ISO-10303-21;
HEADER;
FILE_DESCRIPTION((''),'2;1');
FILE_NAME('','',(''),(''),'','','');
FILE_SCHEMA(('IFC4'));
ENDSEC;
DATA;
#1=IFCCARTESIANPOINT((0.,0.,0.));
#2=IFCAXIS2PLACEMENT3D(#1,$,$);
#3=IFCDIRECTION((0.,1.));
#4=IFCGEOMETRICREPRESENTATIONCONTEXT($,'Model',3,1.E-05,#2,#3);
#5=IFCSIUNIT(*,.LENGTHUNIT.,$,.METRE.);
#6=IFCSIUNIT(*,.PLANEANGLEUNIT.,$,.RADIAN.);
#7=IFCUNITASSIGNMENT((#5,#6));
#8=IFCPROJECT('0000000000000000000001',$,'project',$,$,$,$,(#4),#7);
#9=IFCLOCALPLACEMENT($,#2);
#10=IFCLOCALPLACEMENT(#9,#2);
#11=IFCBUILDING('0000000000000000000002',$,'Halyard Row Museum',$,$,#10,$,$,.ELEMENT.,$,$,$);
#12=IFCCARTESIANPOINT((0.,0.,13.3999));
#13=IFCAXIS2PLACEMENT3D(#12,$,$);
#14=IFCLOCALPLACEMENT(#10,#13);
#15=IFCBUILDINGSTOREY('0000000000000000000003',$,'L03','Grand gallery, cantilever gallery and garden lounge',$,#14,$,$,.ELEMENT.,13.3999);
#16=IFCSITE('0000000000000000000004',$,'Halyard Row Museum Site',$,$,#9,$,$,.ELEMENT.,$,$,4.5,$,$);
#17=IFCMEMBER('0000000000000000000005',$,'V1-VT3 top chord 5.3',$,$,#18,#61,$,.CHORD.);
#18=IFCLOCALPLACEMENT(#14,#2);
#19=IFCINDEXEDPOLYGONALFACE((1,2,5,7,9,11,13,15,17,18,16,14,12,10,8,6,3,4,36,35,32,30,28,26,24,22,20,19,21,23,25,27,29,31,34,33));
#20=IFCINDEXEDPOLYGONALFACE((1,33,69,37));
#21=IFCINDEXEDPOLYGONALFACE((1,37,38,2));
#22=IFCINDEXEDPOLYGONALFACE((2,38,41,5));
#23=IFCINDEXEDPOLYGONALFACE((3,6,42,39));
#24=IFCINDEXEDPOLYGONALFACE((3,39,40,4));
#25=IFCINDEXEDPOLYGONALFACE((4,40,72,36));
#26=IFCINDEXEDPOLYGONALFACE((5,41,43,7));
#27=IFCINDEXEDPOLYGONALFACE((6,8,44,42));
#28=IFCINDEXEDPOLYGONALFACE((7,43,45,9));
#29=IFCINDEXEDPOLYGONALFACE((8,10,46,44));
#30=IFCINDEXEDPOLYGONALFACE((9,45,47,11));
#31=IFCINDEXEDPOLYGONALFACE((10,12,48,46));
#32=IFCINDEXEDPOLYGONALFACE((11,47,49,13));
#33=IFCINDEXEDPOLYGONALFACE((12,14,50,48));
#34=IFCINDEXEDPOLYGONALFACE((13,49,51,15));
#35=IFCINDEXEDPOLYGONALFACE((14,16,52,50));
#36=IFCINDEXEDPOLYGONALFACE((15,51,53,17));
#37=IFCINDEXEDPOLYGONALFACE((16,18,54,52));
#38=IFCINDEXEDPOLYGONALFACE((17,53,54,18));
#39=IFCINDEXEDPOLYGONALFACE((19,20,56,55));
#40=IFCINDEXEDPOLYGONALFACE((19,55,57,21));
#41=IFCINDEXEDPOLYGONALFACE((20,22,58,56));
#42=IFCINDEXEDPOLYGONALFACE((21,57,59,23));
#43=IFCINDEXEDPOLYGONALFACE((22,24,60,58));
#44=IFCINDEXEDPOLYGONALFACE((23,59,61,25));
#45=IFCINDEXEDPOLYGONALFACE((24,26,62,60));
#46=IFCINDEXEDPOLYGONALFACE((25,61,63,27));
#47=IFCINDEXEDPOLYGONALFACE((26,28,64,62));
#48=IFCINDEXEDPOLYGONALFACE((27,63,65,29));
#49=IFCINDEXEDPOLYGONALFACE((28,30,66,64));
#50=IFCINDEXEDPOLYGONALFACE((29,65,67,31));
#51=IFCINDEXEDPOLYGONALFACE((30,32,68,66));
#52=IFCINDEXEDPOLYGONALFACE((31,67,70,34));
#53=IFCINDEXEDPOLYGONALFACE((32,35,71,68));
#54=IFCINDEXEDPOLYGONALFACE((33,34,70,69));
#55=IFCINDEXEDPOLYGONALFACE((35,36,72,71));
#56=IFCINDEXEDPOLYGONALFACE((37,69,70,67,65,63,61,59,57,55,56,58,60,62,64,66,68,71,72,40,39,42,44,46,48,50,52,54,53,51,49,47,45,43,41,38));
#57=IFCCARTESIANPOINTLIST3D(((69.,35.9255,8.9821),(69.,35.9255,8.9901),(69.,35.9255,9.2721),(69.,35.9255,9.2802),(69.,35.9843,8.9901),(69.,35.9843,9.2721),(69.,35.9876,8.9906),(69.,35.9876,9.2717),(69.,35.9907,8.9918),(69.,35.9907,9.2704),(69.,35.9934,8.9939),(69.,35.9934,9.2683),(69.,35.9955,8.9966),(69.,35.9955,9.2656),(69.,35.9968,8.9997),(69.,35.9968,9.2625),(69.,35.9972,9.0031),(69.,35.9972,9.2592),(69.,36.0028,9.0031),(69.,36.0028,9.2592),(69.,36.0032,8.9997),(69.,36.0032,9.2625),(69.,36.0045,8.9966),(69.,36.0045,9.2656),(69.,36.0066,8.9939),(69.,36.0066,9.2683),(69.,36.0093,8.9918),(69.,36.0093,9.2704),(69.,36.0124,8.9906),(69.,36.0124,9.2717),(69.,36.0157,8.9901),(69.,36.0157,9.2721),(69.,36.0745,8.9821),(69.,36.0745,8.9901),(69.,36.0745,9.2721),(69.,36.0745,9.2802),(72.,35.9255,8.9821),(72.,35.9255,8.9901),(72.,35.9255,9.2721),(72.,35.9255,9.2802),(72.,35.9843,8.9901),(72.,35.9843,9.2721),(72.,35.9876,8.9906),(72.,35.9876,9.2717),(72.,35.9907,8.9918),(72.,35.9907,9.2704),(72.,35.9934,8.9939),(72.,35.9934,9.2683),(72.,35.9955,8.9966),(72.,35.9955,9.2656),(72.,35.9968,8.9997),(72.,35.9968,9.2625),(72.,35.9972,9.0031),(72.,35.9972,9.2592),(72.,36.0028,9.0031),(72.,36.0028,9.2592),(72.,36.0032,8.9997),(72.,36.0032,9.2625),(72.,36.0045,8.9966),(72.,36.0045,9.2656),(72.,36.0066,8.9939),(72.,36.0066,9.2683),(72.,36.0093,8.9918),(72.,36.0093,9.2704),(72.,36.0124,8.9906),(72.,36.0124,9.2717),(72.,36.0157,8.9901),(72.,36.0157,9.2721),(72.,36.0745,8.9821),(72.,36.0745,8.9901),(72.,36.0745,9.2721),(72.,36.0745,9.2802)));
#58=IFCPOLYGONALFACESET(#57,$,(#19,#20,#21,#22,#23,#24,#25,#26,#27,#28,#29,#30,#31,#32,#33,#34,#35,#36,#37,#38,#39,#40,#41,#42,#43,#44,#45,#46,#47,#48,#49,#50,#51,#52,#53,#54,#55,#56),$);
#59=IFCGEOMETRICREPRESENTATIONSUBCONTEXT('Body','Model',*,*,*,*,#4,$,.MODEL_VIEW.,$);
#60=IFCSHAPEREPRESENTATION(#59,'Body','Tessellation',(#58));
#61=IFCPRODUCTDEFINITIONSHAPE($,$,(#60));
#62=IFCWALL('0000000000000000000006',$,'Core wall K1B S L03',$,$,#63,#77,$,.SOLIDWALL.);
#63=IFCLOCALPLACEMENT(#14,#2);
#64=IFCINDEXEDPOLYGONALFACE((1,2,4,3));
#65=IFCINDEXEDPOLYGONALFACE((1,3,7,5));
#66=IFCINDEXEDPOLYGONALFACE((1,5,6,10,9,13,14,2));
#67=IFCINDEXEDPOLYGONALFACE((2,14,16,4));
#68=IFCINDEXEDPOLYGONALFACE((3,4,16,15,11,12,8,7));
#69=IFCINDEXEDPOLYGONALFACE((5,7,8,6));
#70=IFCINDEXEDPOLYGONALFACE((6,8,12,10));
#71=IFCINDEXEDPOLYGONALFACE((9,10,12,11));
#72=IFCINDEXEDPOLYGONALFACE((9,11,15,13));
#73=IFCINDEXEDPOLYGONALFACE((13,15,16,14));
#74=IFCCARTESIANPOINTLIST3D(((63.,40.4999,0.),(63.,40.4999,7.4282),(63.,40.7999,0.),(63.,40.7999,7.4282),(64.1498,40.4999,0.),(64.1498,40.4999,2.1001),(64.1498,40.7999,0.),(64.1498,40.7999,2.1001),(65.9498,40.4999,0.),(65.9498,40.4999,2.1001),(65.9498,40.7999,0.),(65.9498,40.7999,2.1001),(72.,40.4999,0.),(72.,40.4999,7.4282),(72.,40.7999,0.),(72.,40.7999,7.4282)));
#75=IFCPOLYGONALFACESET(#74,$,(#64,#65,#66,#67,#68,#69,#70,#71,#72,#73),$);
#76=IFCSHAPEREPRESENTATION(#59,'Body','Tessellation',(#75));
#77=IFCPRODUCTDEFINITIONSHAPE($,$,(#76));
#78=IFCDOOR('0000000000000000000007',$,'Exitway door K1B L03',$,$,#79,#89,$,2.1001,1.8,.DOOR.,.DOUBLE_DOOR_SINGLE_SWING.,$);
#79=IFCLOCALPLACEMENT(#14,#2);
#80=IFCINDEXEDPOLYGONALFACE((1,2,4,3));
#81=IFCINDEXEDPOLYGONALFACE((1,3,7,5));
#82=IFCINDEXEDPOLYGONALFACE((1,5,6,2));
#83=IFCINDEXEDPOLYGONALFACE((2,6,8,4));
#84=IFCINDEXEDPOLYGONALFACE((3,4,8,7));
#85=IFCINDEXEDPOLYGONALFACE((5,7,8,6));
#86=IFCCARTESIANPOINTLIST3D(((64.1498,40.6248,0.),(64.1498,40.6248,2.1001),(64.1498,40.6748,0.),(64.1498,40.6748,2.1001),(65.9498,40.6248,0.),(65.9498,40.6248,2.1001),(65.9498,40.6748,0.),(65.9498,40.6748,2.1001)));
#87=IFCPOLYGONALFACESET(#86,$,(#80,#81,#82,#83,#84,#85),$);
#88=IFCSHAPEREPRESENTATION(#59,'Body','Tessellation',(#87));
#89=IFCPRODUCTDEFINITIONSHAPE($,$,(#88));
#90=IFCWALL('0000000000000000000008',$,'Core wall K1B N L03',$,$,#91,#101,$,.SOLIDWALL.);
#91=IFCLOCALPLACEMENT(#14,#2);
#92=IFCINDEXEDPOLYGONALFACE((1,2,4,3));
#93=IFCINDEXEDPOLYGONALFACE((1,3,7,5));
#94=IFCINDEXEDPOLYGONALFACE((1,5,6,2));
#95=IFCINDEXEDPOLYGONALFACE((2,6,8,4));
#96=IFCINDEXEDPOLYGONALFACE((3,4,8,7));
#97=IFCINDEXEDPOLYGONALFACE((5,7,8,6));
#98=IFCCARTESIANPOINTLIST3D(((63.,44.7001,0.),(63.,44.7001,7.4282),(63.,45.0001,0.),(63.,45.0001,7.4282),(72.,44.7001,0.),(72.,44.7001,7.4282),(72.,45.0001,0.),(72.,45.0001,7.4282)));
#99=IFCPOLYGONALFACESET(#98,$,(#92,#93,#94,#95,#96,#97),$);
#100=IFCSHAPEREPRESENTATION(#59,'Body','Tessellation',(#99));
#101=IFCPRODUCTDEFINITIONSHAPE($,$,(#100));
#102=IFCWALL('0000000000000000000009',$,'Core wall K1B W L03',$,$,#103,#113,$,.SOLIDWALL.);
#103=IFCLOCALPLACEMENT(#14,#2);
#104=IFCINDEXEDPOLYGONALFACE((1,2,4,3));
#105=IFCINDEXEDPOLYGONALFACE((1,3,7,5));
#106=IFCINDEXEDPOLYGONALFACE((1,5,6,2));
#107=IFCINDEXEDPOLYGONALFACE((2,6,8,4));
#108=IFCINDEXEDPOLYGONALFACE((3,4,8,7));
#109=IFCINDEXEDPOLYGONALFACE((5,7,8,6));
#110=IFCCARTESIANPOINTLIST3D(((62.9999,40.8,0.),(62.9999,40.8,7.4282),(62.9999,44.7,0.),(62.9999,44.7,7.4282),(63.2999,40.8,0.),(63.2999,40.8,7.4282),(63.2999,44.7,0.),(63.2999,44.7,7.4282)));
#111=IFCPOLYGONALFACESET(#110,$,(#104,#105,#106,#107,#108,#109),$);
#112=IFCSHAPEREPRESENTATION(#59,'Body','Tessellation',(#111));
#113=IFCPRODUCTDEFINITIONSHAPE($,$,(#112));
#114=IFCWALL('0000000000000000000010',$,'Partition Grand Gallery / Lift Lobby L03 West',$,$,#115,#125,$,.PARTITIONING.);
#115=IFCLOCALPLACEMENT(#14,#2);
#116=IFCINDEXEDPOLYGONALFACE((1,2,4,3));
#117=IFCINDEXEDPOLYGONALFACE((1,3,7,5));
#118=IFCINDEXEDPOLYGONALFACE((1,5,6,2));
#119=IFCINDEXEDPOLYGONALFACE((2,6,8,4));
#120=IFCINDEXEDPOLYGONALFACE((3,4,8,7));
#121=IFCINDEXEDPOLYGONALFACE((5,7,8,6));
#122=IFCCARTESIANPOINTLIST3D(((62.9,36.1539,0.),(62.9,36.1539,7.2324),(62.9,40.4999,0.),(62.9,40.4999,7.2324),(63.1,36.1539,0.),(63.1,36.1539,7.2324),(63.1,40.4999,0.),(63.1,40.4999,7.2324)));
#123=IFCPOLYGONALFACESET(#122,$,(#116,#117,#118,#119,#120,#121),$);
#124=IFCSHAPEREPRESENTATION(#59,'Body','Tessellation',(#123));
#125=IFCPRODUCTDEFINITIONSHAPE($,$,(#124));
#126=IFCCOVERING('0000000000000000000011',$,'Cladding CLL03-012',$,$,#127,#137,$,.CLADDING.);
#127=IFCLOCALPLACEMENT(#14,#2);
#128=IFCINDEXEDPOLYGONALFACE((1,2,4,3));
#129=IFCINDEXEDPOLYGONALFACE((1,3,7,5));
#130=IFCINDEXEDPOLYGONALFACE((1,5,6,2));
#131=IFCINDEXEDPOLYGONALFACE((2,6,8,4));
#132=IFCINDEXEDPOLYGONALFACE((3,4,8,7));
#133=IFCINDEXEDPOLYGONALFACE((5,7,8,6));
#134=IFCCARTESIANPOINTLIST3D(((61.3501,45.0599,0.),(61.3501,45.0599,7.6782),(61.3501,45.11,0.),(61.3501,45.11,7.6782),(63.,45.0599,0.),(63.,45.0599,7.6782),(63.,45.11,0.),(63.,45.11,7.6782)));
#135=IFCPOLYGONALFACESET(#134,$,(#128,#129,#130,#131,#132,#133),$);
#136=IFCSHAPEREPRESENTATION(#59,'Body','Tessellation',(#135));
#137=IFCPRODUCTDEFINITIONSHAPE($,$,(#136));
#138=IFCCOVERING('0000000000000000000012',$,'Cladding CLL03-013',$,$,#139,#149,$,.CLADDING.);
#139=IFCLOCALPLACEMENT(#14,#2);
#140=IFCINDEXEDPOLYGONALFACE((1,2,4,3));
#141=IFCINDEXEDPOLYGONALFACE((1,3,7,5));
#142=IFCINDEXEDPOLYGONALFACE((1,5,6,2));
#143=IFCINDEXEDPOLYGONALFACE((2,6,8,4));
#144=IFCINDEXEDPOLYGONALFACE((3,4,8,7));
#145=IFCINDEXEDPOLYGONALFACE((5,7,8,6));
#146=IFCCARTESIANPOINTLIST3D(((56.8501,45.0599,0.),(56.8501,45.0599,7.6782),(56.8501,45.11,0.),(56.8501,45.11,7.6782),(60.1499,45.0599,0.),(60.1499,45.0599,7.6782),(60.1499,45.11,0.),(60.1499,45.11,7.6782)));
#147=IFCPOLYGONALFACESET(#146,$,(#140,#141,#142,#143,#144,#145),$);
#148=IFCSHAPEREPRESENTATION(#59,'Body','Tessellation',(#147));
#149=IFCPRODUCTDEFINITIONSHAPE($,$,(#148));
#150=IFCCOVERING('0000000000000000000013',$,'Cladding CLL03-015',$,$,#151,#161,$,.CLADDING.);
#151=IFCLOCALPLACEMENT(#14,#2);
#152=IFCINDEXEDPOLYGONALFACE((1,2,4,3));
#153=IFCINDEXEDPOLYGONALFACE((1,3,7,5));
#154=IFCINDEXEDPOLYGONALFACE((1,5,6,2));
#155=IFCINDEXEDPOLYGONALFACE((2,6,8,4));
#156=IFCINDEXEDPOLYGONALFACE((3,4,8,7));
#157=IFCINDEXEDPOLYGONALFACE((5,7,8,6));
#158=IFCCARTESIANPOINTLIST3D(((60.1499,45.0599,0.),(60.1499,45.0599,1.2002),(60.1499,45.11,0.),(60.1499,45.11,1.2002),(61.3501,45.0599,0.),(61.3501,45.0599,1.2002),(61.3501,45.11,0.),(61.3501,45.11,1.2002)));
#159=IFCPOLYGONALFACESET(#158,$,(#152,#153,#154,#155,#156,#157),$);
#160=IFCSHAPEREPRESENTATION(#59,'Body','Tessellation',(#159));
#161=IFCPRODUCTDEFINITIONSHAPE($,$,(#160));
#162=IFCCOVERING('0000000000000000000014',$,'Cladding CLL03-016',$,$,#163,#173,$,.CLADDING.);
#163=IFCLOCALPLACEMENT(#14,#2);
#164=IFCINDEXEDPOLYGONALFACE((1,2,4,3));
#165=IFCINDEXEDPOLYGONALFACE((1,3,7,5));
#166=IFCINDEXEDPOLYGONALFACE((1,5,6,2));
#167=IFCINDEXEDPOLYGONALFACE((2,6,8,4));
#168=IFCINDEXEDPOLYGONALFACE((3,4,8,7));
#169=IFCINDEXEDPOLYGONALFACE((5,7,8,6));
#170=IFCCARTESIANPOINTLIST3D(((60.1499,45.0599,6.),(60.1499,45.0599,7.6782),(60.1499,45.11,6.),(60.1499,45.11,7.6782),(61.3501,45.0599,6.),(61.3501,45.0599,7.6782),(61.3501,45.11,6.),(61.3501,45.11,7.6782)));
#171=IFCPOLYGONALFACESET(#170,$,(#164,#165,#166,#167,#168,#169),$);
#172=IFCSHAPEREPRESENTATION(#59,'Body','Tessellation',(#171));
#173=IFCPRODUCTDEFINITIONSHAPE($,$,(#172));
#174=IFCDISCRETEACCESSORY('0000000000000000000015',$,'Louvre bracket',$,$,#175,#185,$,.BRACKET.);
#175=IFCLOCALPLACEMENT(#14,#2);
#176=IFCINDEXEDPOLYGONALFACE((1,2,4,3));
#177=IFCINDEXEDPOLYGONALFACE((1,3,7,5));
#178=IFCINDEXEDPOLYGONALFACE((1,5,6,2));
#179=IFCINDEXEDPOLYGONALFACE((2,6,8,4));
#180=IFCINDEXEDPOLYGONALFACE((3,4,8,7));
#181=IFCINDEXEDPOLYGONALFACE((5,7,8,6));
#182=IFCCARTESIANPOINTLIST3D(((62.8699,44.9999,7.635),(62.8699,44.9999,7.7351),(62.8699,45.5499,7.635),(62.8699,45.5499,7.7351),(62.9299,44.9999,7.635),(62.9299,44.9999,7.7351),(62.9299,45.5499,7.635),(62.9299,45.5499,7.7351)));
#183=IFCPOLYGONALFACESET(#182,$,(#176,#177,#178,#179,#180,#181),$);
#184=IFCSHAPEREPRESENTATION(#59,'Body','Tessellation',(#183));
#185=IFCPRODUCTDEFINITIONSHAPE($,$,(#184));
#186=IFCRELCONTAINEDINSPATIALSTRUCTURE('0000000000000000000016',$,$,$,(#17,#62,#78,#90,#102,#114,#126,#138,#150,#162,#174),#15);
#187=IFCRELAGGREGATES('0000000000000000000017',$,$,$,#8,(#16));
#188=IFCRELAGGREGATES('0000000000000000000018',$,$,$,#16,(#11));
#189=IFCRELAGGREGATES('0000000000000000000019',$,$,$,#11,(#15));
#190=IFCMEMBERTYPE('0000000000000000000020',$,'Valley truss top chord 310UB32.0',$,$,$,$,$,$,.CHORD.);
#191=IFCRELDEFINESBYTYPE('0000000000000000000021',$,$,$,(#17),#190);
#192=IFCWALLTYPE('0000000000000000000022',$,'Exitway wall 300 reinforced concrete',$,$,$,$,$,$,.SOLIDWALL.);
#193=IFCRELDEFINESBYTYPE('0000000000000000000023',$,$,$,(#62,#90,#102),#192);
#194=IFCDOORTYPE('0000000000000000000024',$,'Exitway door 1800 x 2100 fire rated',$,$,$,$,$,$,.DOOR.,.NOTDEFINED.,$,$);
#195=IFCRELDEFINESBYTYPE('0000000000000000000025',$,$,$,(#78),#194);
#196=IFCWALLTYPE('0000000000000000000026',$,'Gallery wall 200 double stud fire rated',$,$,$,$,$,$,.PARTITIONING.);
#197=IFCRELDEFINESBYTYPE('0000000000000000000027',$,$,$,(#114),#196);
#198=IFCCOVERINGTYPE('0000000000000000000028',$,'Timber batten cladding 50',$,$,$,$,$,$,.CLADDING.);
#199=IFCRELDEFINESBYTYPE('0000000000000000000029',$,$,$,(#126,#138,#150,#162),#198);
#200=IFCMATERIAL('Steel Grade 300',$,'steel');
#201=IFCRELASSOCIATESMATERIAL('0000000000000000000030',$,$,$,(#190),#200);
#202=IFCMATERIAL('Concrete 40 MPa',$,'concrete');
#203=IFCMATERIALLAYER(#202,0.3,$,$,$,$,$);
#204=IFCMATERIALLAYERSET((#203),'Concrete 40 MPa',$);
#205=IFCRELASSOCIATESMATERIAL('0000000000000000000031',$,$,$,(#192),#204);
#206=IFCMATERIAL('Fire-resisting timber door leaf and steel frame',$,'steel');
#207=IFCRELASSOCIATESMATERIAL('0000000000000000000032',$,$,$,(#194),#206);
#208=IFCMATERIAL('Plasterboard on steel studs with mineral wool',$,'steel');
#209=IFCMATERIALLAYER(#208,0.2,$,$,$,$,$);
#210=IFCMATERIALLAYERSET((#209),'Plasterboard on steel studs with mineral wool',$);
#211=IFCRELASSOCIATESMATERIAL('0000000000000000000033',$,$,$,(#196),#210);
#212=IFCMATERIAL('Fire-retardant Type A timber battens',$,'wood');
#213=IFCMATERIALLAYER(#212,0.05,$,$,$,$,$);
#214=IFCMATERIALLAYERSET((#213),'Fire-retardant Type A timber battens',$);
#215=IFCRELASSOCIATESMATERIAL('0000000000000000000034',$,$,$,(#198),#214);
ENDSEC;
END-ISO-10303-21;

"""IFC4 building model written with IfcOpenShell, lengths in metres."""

from ifc_helpers import new_model, si_unit, direction, frame, frame_2d, origin, origin_2d, place, context, subcontext, project, spatial, rectangle, i_section, extrude, material, layer, layer_set, material_profile, profile_set, type_object, element, fill, save


model = new_model("IFC4")

# Units and contexts
model_context = context("Model", 3, precision=1e-05, world=origin(), true_north=direction((0.0, 1.0)))
body_context = subcontext(model_context, "Body", "Model", "MODEL_VIEW")
ifc_project = project(units=[si_unit("LENGTHUNIT", "METRE"), si_unit("PLANEANGLEUNIT", "RADIAN")], contexts=[model_context])

# Site, building, storey
site_placement = place(None, origin())
site = spatial("IfcSite", under=ifc_project, at=site_placement, Name="Halyard Row Museum Site", CompositionType="ELEMENT", RefElevation=4.5)
building_placement = place(site_placement, origin())
building = spatial("IfcBuilding", under=site, at=building_placement, Name="Halyard Row Museum", CompositionType="ELEMENT")
storey_placement = place(building_placement, frame((0.0, 0.0, 13.3999)))
storey = spatial("IfcBuildingStorey", under=building, at=storey_placement, Name="L03", Description="Grand gallery, cantilever gallery and garden lounge", CompositionType="ELEMENT", Elevation=13.3999)

# Member
ifc_material_1 = material(Name="Steel Grade 300", Category="steel")
ifc_material_profile_1 = material_profile(ifc_material_1, i_section(OverallWidth=0.1489, OverallDepth=0.2981, WebThickness=0.0056, FlangeThickness=0.0081, FilletRadius=0.0129, at=origin_2d()), Name="310UB32.0")
ifc_profile_set_1 = profile_set([ifc_material_profile_1], Name="Steel Grade 300")
member_type_1 = type_object("IfcMemberType", Name="Valley truss top chord 310UB32.0", PredefinedType="CHORD", material=ifc_profile_set_1)
for number, where, z_axis, x_axis, name in (
    (1, (69.0, 36.0, 9.1311), (1.0, 0.0, 0.0), (0.0, 1.0, 0.0), "V1-VT3 top chord 5.3"),
):
    element("IfcMember", number, at=place(storey_placement, frame(where, z_axis=z_axis, x_axis=x_axis)), inside=storey, type_object=member_type_1, Name=name, PredefinedType="CHORD", context=body_context, shape_type="SweptSolid", body=[
        extrude(i_section(OverallWidth=0.1489, OverallDepth=0.2981, WebThickness=0.0056, FlangeThickness=0.0081, FilletRadius=0.0129, at=origin_2d()), origin(), (0.0, 0.0, 1.0), 3.0),
    ])

# Wall, opening, door
ifc_material_2 = material(Name="Concrete 40 MPa", Category="concrete")
ifc_layer_1 = layer(ifc_material_2, 0.3)
ifc_layer_set_1 = layer_set([ifc_layer_1], Name="Concrete 40 MPa")
wall_type_1 = type_object("IfcWallType", Name="Exitway wall 300 reinforced concrete", PredefinedType="SOLIDWALL", material=ifc_layer_set_1)
wall_1_placement = place(storey_placement, frame((63.0, 40.6499, 0.0), z_axis=(0.0, 0.0, 1.0), x_axis=(1.0, 0.0, 0.0)))
wall_1 = element("IfcWall", 2, at=wall_1_placement, inside=storey, type_object=wall_type_1, Name="Core wall K1B S L03", PredefinedType="SOLIDWALL", context=body_context, shape_type="SweptSolid", body=[
    extrude(rectangle(XDim=9.0, YDim=0.3, at=frame_2d((4.5, 0.0))), origin(), (0.0, 0.0, 1.0), 7.4282),
])
opening_placement = place(wall_1_placement, frame((1.1499, 0.0, 0.0)))
opening = element("IfcOpeningElement", 3, at=opening_placement, cuts=wall_1, PredefinedType="OPENING", context=body_context, shape_type="SweptSolid", body=[
    extrude(rectangle(XDim=1.8, YDim=2.1001, at=frame_2d((0.8999, 1.05))), frame((0.0, 0.1599, 0.0), z_axis=(0.0, -1.0, 0.0), x_axis=(1.0, 0.0, 0.0)), (0.0, 0.0, 1.0), 0.3201),
])
ifc_material_3 = material(Name="Fire-resisting timber door leaf and steel frame", Category="steel")
door_type = type_object("IfcDoorType", Name="Exitway door 1800 x 2100 fire rated", OperationType="NOTDEFINED", PredefinedType="DOOR", material=ifc_material_3)
door_placement = place(opening_placement, origin())
door = element("IfcDoor", 4, at=door_placement, inside=storey, type_object=door_type, Name="Exitway door K1B L03", OperationType="DOUBLE_DOOR_SINGLE_SWING", OverallHeight=2.1001, OverallWidth=1.8, PredefinedType="DOOR", context=body_context, shape_type="SweptSolid", body=[
    extrude(rectangle(XDim=1.8, YDim=2.1001, at=frame_2d((0.8999, 1.05))), frame((0.0, 0.0249, 0.0), z_axis=(0.0, -1.0, 0.0), x_axis=(1.0, 0.0, 0.0)), (0.0, 0.0, 1.0), 0.05),
])
fill(opening, door)

# Walls
wall_2_placement = place(storey_placement, frame((63.0, 44.8501, 0.0), z_axis=(0.0, 0.0, 1.0), x_axis=(1.0, 0.0, 0.0)))
element("IfcWall", 5, at=wall_2_placement, inside=storey, type_object=wall_type_1, Name="Core wall K1B N L03", PredefinedType="SOLIDWALL", context=body_context, shape_type="SweptSolid", body=[
    extrude(rectangle(XDim=9.0, YDim=0.3, at=frame_2d((4.5, 0.0))), origin(), (0.0, 0.0, 1.0), 7.4282),
])
wall_3_placement = place(storey_placement, frame((63.1499, 40.8, 0.0), z_axis=(0.0, 0.0, 1.0), x_axis=(0.0, 1.0, 0.0)))
element("IfcWall", 6, at=wall_3_placement, inside=storey, type_object=wall_type_1, Name="Core wall K1B W L03", PredefinedType="SOLIDWALL", context=body_context, shape_type="SweptSolid", body=[
    extrude(rectangle(XDim=3.8999, YDim=0.3, at=frame_2d((1.95, 0.0))), origin(), (0.0, 0.0, 1.0), 7.4282),
])
ifc_material_4 = material(Name="Plasterboard on steel studs with mineral wool", Category="steel")
ifc_layer_2 = layer(ifc_material_4, 0.2)
ifc_layer_set_2 = layer_set([ifc_layer_2], Name="Plasterboard on steel studs with mineral wool")
wall_type_2 = type_object("IfcWallType", Name="Gallery wall 200 double stud fire rated", PredefinedType="PARTITIONING", material=ifc_layer_set_2)
wall_4_placement = place(storey_placement, frame((63.0, 36.1541, 0.0), z_axis=(0.0, 0.0, 1.0), x_axis=(0.0, 1.0, 0.0)))
element("IfcWall", 7, at=wall_4_placement, inside=storey, type_object=wall_type_2, Name="Partition Grand Gallery / Lift Lobby L03 West", PredefinedType="PARTITIONING", context=body_context, shape_type="SweptSolid", body=[
    extrude(rectangle(XDim=4.3459, YDim=0.2, at=frame_2d((2.1729, 0.0))), origin(), (0.0, 0.0, 1.0), 7.2324),
])

# Coverings
ifc_material_5 = material(Name="Fire-retardant Type A timber battens", Category="wood")
ifc_layer_3 = layer(ifc_material_5, 0.05)
ifc_layer_set_3 = layer_set([ifc_layer_3], Name="Fire-retardant Type A timber battens")
covering_type = type_object("IfcCoveringType", Name="Timber batten cladding 50", PredefinedType="CLADDING", material=ifc_layer_set_3)
covering_1_placement = place(storey_placement, frame((63.0, 45.085, 0.0), z_axis=(0.0, 0.0, 1.0), x_axis=(-1.0, 0.0, 0.0)))
element("IfcCovering", 8, at=covering_1_placement, inside=storey, type_object=covering_type, Name="Cladding CLL03-012", PredefinedType="CLADDING", context=body_context, shape_type="SweptSolid", body=[
    extrude(rectangle(XDim=1.6499, YDim=0.05, at=frame_2d((0.825, 0.0))), origin(), (0.0, 0.0, 1.0), 7.6782),
])
covering_2_placement = place(storey_placement, frame((60.1499, 45.085, 0.0), z_axis=(0.0, 0.0, 1.0), x_axis=(-1.0, 0.0, 0.0)))
element("IfcCovering", 9, at=covering_2_placement, inside=storey, type_object=covering_type, Name="Cladding CLL03-013", PredefinedType="CLADDING", context=body_context, shape_type="SweptSolid", body=[
    extrude(rectangle(XDim=3.2998, YDim=0.05, at=frame_2d((1.6499, 0.0))), origin(), (0.0, 0.0, 1.0), 7.6782),
])
covering_3_placement = place(storey_placement, frame((61.3501, 45.085, 0.0), z_axis=(0.0, 0.0, 1.0), x_axis=(-1.0, 0.0, 0.0)))
element("IfcCovering", 10, at=covering_3_placement, inside=storey, type_object=covering_type, Name="Cladding CLL03-015", PredefinedType="CLADDING", context=body_context, shape_type="SweptSolid", body=[
    extrude(rectangle(XDim=1.2002, YDim=0.05, at=frame_2d((0.6001, 0.0))), origin(), (0.0, 0.0, 1.0), 1.2002),
])
covering_4_placement = place(storey_placement, frame((61.3501, 45.085, 6.0), z_axis=(0.0, 0.0, 1.0), x_axis=(-1.0, 0.0, 0.0)))
element("IfcCovering", 11, at=covering_4_placement, inside=storey, type_object=covering_type, Name="Cladding CLL03-016", PredefinedType="CLADDING", context=body_context, shape_type="SweptSolid", body=[
    extrude(rectangle(XDim=1.2002, YDim=0.05, at=frame_2d((0.6001, 0.0))), origin(), (0.0, 0.0, 1.0), 1.6782),
])

# Discrete accessory
discrete_accessory_placement = place(storey_placement, frame((62.8999, 45.2749, 7.635), z_axis=(0.0, 0.0, 1.0), x_axis=(1.0, 0.0, 0.0)))
element("IfcDiscreteAccessory", 12, at=discrete_accessory_placement, inside=storey, Name="Louvre bracket", PredefinedType="BRACKET", context=body_context, shape_type="SweptSolid", body=[
    extrude(rectangle(XDim=0.0601, YDim=0.55, at=origin_2d()), origin(), (0.0, 0.0, 1.0), 0.1001),
])

save(model, "model.ifc")
